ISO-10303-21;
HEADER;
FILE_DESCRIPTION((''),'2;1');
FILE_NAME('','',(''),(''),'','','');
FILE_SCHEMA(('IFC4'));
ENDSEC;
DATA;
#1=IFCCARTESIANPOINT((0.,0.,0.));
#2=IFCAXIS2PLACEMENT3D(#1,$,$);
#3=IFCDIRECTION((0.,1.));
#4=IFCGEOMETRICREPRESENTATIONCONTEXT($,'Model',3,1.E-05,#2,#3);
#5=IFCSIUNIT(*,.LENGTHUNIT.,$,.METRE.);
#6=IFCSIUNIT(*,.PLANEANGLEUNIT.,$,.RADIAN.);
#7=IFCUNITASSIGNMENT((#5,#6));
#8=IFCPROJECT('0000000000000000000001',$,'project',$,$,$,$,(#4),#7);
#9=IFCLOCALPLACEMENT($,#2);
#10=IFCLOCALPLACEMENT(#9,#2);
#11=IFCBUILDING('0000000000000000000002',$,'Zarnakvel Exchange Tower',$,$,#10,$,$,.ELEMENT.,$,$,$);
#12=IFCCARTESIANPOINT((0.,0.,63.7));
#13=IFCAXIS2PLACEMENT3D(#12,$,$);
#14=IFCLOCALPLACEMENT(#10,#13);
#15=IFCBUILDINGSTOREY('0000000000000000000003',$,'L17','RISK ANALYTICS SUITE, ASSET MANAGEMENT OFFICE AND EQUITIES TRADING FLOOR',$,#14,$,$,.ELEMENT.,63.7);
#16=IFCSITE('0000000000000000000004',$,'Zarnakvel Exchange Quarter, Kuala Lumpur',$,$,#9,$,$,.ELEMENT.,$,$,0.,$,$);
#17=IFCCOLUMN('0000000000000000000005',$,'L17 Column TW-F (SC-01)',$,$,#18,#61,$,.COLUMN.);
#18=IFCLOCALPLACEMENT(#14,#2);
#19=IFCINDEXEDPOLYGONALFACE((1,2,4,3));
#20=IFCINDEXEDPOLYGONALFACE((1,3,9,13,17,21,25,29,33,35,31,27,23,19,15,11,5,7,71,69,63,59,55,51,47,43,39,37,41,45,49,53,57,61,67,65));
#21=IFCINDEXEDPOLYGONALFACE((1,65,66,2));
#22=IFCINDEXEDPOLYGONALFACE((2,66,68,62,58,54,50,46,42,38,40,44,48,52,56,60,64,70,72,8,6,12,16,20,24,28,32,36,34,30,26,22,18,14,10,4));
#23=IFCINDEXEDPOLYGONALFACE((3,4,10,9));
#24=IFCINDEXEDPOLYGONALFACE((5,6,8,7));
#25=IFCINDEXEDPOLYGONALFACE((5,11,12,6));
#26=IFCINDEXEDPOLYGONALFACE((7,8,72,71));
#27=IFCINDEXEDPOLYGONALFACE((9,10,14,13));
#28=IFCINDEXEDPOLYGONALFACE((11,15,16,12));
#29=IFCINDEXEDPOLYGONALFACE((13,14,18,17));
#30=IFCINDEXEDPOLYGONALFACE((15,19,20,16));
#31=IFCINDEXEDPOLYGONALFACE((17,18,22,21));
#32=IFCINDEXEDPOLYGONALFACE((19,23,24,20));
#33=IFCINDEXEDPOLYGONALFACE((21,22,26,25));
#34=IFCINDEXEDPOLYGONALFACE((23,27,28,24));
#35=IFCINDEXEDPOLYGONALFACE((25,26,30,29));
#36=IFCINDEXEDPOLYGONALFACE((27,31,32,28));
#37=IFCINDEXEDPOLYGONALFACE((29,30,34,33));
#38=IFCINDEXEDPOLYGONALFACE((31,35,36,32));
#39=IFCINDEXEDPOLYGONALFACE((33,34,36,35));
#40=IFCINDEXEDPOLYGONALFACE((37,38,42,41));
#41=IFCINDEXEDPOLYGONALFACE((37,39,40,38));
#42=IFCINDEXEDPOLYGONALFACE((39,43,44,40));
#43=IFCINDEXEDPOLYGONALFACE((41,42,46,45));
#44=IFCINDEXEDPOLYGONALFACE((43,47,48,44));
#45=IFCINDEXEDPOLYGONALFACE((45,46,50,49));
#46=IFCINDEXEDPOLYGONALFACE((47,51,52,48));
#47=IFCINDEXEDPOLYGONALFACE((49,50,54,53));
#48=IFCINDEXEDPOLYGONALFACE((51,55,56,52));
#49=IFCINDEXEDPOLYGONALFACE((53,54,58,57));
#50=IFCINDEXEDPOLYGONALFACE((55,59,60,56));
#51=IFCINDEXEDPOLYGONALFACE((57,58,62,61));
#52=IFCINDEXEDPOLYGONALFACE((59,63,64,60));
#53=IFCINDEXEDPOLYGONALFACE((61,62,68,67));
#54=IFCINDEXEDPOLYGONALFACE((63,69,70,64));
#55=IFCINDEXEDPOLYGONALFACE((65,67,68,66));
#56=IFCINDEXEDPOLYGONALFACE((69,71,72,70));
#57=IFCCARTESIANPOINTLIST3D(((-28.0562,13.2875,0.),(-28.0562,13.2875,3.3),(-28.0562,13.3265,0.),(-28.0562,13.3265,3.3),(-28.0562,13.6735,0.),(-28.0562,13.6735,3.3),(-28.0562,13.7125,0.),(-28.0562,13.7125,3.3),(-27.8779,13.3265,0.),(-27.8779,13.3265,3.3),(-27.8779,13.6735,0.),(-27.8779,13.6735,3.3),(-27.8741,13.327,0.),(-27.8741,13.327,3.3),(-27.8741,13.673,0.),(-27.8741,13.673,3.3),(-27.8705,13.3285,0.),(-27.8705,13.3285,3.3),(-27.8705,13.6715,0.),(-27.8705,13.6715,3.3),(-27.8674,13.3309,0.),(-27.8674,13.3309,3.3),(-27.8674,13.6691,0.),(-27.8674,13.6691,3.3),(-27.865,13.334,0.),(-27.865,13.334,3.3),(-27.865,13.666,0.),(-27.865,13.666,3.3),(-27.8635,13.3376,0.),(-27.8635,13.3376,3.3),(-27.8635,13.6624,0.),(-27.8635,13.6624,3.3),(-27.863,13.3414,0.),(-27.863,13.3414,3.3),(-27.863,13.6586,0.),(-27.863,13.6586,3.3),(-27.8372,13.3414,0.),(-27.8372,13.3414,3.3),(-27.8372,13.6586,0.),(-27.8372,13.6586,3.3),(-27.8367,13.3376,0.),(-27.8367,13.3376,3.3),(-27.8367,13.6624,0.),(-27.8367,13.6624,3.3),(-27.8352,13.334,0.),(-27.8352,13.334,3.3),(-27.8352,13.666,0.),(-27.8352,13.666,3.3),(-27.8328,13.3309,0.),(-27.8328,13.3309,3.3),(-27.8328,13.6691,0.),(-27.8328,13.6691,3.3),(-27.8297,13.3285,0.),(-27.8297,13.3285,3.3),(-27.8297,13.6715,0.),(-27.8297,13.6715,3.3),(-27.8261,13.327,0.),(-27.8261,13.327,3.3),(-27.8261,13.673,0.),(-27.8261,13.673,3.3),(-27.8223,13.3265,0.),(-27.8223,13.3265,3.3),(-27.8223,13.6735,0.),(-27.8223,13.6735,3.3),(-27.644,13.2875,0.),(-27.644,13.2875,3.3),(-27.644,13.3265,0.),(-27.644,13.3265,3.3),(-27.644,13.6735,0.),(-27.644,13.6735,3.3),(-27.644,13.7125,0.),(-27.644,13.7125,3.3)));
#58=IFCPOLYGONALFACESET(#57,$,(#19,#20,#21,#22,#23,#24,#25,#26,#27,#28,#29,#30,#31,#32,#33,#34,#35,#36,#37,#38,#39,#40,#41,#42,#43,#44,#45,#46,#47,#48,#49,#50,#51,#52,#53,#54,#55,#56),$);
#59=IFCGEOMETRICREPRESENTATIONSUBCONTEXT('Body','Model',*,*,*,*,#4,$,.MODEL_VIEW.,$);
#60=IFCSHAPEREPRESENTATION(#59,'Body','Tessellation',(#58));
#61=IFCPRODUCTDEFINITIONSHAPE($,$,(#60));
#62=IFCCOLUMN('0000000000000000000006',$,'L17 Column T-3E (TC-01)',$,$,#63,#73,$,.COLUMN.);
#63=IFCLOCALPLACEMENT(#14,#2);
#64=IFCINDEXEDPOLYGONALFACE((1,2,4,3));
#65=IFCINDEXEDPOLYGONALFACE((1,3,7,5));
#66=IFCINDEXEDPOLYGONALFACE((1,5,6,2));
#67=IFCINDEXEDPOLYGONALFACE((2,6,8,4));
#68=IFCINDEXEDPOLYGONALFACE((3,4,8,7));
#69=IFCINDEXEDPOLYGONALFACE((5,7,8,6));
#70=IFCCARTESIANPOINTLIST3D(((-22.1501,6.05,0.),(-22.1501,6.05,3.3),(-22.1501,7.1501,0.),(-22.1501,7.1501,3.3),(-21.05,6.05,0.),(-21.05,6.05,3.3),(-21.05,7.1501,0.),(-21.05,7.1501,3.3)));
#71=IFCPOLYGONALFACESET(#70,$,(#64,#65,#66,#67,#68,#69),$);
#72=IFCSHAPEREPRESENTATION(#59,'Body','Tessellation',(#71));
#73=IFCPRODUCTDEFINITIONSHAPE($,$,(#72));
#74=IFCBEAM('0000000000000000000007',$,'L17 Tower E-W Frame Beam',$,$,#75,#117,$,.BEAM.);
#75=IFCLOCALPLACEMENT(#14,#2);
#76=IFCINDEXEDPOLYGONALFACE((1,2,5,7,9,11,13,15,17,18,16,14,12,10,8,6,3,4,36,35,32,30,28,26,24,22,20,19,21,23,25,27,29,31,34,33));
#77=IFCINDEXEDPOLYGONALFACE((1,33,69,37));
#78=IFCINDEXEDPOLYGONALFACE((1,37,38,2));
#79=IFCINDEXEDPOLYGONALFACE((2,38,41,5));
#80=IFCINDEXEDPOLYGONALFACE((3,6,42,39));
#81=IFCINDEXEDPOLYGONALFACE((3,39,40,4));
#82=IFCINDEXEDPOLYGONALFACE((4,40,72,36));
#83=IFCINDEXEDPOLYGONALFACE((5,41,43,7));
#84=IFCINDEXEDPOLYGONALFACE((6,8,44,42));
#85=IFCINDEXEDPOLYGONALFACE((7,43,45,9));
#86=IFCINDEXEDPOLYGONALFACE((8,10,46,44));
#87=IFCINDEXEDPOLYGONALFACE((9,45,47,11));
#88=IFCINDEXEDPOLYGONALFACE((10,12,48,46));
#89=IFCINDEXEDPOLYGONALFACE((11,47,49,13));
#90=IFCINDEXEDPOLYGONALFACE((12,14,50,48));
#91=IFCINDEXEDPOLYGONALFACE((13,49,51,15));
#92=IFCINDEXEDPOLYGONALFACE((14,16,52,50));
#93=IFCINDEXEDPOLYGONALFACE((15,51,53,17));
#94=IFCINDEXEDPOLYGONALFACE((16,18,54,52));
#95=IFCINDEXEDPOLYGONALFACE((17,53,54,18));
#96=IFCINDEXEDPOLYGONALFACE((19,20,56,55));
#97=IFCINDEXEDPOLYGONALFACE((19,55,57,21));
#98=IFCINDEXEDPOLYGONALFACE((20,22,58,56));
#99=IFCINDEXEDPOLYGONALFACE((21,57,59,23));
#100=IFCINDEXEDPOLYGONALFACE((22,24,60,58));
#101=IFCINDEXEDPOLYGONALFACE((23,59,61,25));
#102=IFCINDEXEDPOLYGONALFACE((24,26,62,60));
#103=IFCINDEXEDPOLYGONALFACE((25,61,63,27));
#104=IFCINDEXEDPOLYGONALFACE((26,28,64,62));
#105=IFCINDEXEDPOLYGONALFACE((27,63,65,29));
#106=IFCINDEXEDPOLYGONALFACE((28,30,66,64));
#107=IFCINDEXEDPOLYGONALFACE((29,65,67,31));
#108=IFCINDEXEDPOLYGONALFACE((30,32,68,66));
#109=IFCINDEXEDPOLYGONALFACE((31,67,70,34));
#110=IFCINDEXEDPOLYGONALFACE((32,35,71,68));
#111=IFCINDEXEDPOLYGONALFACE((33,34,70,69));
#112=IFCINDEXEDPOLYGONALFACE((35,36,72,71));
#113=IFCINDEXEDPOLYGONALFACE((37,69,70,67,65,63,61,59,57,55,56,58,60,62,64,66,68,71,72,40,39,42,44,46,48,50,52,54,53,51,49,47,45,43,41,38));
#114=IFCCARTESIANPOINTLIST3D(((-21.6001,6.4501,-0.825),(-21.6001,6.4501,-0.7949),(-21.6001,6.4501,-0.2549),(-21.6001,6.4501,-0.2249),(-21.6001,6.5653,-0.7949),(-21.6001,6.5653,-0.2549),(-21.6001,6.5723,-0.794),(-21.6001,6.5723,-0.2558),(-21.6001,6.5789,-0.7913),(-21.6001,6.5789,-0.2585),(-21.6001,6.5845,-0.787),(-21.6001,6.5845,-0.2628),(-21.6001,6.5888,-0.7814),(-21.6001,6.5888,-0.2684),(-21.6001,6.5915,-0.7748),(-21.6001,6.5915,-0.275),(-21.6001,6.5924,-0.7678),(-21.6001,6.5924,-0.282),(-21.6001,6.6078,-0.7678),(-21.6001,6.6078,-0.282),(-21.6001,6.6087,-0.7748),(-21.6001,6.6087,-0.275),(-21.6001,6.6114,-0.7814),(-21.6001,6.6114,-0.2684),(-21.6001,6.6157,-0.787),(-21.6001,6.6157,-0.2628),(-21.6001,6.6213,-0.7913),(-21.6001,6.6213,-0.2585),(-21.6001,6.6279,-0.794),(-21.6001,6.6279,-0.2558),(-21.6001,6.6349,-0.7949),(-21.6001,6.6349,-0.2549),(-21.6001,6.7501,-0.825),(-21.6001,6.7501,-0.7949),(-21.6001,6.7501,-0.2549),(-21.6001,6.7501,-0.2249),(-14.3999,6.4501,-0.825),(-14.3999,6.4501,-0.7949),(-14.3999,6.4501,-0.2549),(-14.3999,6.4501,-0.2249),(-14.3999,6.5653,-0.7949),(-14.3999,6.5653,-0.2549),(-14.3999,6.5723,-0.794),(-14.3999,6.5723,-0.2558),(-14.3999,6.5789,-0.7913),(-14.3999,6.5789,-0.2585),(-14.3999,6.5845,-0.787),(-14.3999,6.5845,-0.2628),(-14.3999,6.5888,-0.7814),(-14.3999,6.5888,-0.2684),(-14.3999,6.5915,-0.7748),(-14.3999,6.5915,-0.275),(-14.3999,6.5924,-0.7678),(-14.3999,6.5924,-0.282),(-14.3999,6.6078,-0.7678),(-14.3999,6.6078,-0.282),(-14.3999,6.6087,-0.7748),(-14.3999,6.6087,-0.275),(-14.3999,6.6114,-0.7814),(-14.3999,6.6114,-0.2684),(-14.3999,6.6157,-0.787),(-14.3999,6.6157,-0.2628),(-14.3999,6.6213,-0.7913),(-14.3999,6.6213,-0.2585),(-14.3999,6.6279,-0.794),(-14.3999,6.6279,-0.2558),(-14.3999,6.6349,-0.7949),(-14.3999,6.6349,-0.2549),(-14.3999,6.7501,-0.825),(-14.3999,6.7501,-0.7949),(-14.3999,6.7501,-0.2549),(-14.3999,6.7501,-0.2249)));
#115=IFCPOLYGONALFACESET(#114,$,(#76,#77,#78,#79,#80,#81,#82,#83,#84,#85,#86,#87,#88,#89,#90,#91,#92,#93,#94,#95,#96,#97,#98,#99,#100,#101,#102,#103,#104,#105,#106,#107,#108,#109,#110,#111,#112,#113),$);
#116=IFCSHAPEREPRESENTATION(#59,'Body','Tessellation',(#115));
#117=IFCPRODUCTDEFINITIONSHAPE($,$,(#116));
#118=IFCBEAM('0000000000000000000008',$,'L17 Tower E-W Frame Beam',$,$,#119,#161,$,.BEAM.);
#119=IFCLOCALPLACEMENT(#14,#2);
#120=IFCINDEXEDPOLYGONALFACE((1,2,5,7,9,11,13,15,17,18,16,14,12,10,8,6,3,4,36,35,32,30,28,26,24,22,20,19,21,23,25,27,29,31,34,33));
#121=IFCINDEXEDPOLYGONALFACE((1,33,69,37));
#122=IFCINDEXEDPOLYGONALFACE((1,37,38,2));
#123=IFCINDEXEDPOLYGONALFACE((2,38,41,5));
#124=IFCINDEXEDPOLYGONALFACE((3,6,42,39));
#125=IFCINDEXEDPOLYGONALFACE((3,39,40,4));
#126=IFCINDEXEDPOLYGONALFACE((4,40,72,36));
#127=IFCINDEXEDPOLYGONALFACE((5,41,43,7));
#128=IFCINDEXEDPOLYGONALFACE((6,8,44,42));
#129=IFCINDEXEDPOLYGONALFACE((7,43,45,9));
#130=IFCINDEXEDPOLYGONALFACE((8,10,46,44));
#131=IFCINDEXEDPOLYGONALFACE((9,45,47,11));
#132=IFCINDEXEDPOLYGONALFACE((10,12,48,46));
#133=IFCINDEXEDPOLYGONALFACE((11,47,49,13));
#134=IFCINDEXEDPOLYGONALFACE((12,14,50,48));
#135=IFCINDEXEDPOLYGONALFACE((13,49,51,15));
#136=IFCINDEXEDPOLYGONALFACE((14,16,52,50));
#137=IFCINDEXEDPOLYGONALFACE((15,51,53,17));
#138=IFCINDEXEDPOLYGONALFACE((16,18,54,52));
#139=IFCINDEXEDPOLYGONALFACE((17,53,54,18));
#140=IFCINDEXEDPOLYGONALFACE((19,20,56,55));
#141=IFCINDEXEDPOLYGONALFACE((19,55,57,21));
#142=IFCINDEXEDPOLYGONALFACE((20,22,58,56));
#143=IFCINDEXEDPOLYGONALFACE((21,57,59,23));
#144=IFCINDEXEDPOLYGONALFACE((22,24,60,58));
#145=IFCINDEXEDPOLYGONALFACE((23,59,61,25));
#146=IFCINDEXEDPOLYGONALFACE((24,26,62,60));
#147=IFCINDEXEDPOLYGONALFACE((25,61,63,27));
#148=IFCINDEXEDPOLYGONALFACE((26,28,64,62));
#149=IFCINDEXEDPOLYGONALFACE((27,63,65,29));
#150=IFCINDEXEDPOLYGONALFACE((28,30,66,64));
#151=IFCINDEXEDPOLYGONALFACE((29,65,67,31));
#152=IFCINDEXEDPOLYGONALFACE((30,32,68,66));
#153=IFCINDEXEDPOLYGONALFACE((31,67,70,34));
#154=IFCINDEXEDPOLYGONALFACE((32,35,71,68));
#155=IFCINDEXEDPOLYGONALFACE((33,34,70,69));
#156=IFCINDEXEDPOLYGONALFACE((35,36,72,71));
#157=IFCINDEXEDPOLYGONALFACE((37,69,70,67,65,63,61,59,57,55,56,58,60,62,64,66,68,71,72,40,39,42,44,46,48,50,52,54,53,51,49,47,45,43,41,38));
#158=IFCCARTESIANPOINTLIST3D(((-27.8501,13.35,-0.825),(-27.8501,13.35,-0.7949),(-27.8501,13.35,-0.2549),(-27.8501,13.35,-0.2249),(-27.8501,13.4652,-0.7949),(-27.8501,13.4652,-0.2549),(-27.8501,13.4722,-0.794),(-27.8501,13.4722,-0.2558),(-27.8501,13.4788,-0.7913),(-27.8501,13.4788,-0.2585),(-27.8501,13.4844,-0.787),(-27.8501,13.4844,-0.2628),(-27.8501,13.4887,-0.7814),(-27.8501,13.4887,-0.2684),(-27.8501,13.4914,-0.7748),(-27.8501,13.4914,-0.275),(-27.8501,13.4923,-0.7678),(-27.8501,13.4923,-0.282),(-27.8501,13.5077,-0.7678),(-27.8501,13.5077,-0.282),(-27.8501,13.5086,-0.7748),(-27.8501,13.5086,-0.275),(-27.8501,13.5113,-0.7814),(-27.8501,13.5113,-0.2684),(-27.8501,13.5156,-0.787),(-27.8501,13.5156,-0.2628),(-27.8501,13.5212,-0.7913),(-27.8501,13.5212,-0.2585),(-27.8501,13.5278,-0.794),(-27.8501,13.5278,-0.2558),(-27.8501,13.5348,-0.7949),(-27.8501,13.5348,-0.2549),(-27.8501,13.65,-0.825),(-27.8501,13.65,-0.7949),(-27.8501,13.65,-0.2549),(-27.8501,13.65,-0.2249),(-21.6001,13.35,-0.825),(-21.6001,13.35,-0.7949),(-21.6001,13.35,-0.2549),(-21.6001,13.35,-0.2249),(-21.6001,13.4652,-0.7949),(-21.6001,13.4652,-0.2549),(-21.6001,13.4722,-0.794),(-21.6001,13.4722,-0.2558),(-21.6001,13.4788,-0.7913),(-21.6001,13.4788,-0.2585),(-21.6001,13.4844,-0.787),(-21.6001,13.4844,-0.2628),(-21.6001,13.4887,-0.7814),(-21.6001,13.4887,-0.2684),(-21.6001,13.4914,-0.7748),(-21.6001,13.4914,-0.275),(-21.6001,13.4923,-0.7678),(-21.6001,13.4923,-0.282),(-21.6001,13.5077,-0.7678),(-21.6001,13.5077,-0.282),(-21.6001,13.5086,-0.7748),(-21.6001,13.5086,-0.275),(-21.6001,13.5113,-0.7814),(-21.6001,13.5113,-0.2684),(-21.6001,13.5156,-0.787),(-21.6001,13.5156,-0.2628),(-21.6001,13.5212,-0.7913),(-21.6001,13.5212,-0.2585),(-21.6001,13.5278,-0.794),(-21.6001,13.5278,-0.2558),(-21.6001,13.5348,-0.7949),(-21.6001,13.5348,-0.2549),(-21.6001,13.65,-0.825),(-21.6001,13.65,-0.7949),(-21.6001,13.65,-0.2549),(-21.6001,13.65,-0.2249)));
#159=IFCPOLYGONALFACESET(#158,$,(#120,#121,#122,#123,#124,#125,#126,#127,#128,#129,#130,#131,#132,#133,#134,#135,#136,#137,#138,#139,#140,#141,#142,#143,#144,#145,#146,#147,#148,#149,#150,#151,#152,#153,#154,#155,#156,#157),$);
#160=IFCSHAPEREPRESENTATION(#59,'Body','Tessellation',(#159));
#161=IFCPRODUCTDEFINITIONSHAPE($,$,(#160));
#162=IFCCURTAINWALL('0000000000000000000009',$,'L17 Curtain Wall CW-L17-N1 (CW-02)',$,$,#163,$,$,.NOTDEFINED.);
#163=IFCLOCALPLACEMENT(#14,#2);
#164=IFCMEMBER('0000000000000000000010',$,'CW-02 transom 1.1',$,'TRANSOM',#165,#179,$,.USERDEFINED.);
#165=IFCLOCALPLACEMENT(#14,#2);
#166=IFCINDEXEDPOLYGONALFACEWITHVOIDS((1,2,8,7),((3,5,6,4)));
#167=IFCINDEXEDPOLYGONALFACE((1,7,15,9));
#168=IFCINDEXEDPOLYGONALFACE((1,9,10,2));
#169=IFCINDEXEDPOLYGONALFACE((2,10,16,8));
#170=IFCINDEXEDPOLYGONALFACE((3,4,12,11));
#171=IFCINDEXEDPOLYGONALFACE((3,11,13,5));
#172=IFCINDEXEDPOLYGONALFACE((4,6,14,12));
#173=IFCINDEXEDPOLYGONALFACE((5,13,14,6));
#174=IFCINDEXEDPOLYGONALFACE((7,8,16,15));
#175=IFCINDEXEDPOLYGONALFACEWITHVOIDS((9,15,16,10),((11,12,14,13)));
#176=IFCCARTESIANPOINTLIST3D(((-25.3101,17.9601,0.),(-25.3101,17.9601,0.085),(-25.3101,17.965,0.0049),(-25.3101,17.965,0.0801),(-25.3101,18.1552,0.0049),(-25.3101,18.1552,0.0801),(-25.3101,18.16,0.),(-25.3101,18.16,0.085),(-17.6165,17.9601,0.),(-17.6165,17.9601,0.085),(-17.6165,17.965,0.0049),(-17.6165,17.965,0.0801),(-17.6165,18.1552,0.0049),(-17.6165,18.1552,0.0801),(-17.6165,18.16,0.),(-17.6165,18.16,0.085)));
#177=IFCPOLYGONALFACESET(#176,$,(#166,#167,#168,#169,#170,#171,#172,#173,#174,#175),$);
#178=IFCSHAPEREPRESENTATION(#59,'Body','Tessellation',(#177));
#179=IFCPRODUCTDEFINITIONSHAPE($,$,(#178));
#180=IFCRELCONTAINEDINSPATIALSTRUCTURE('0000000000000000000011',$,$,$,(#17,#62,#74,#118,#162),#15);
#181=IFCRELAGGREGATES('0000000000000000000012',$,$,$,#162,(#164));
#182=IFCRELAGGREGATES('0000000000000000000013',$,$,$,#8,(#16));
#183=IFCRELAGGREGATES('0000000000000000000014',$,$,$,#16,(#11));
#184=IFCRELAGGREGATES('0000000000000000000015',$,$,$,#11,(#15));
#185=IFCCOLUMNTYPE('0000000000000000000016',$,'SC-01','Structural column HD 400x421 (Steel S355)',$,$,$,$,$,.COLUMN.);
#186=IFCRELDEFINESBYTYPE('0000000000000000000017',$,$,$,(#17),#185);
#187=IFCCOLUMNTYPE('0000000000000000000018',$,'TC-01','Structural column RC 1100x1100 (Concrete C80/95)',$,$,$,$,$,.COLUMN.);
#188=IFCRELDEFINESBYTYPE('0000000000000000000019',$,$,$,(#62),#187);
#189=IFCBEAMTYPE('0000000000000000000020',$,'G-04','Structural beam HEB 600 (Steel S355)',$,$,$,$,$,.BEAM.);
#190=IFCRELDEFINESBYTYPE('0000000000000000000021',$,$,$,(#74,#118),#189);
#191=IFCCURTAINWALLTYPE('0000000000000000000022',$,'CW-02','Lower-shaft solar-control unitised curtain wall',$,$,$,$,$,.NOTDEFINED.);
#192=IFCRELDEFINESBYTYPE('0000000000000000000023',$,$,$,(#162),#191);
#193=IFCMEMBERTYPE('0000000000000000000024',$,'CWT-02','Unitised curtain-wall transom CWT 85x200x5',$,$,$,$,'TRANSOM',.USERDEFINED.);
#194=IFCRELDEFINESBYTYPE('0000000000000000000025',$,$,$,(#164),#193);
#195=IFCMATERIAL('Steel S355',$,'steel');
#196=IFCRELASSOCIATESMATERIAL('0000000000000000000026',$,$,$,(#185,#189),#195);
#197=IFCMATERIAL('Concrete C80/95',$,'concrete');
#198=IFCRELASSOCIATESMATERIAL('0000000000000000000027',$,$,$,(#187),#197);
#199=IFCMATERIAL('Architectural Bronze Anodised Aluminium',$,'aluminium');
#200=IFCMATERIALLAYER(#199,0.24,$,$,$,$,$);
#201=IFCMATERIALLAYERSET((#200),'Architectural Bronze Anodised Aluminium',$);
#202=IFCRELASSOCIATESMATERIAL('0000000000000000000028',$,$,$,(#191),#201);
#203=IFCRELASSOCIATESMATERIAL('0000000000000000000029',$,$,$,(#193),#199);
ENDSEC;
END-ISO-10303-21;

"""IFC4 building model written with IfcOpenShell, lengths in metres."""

from ifc_helpers import new_model, si_unit, direction, frame, origin, origin_2d, place, context, subcontext, project, spatial, rectangle, hollow_rectangle, i_section, extrude, source, transform, mapped, material, layer, layer_set, material_profile, profile_set, type_object, element, aggregate, save


model = new_model("IFC4")

# Units and contexts
model_context = context("Model", 3, precision=1e-05, world=origin(), true_north=direction((0.0, 1.0)))
body_context = subcontext(model_context, "Body", "Model", "MODEL_VIEW")
ifc_project = project(units=[si_unit("LENGTHUNIT", "METRE"), si_unit("PLANEANGLEUNIT", "RADIAN")], contexts=[model_context])

# Site, building, storey
site_placement = place(None, origin())
site = spatial("IfcSite", under=ifc_project, at=site_placement, Name="Zarnakvel Exchange Quarter, Kuala Lumpur", CompositionType="ELEMENT", RefElevation=0.0)
building_placement = place(site_placement, origin())
building = spatial("IfcBuilding", under=site, at=building_placement, Name="Zarnakvel Exchange Tower", CompositionType="ELEMENT")
storey_placement = place(building_placement, frame((0.0, 0.0, 63.7)))
storey = spatial("IfcBuildingStorey", under=building, at=storey_placement, Name="L17", Description="RISK ANALYTICS SUITE, ASSET MANAGEMENT OFFICE AND EQUITIES TRADING FLOOR", CompositionType="ELEMENT", Elevation=63.7)

# Columns
ifc_material_1 = material(Name="Steel S355", Category="steel")
ifc_material_profile_1 = material_profile(ifc_material_1, i_section(OverallWidth=0.4121, OverallDepth=0.425, WebThickness=0.0259, FlangeThickness=0.0391, FilletRadius=0.0149, at=origin_2d()))
ifc_profile_set_1 = profile_set([ifc_material_profile_1], Name="Steel S355")
column_type_1 = type_object("IfcColumnType", Name="SC-01", Description="Structural column HD 400x421 (Steel S355)", PredefinedType="COLUMN", material=ifc_profile_set_1)
column_1_placement = place(storey_placement, frame((-27.8501, 13.5, 0.0), z_axis=(0.0, 0.0, 1.0), x_axis=(1.0, 0.0, 0.0)))
element("IfcColumn", 1, at=column_1_placement, inside=storey, type_object=column_type_1, Name="L17 Column TW-F (SC-01)", PredefinedType="COLUMN", context=body_context, shape_type="SweptSolid", body=[
    extrude(i_section(OverallWidth=0.4121, OverallDepth=0.425, WebThickness=0.0259, FlangeThickness=0.0391, FilletRadius=0.0149, at=origin_2d()), origin(), (0.0, 0.0, 1.0), 3.3),
])
ifc_material_2 = material(Name="Concrete C80/95", Category="concrete")
ifc_material_profile_2 = material_profile(ifc_material_2, rectangle(XDim=1.1001, YDim=1.1001, at=origin_2d()))
ifc_profile_set_2 = profile_set([ifc_material_profile_2], Name="Concrete C80/95")
column_type_2 = type_object("IfcColumnType", Name="TC-01", Description="Structural column RC 1100x1100 (Concrete C80/95)", PredefinedType="COLUMN", material=ifc_profile_set_2)
column_2_placement = place(storey_placement, frame((-21.6001, 6.6001, 0.0), z_axis=(0.0, 0.0, 1.0), x_axis=(1.0, 0.0, 0.0)))
element("IfcColumn", 2, at=column_2_placement, inside=storey, type_object=column_type_2, Name="L17 Column T-3E (TC-01)", PredefinedType="COLUMN", context=body_context, shape_type="SweptSolid", body=[
    extrude(rectangle(XDim=1.1001, YDim=1.1001, at=origin_2d()), origin(), (0.0, 0.0, 1.0), 3.3),
])

# Beams
ifc_material_profile_3 = material_profile(ifc_material_1, i_section(OverallWidth=0.3, OverallDepth=0.6001, WebThickness=0.0154, FlangeThickness=0.03, FilletRadius=0.0271, at=origin_2d()))
ifc_profile_set_3 = profile_set([ifc_material_profile_3], Name="Steel S355")
beam_type = type_object("IfcBeamType", Name="G-04", Description="Structural beam HEB 600 (Steel S355)", PredefinedType="BEAM", material=ifc_profile_set_3)
beam_1_placement = place(storey_placement, frame((-21.6001, 6.6001, -0.5249), z_axis=(1.0, 0.0, 0.0), x_axis=(0.0, 1.0, 0.0)))
element("IfcBeam", 3, at=beam_1_placement, inside=storey, type_object=beam_type, Name="L17 Tower E-W Frame Beam", PredefinedType="BEAM", context=body_context, shape_type="SweptSolid", body=[
    extrude(i_section(OverallWidth=0.3, OverallDepth=0.6001, WebThickness=0.0154, FlangeThickness=0.03, FilletRadius=0.0271, at=origin_2d()), origin(), (0.0, 0.0, 1.0), 7.2002),
])
beam_2_placement = place(storey_placement, frame((-27.8501, 13.5, -0.5249), z_axis=(1.0, 0.0, 0.0), x_axis=(0.0, 1.0, 0.0)))
element("IfcBeam", 4, at=beam_2_placement, inside=storey, type_object=beam_type, Name="L17 Tower E-W Frame Beam", PredefinedType="BEAM", context=body_context, shape_type="SweptSolid", body=[
    extrude(i_section(OverallWidth=0.3, OverallDepth=0.6001, WebThickness=0.0154, FlangeThickness=0.03, FilletRadius=0.0271, at=origin_2d()), origin(), (0.0, 0.0, 1.0), 6.25),
])

# Curtain wall, member
ifc_material_3 = material(Name="Architectural Bronze Anodised Aluminium", Category="aluminium")
ifc_layer_1 = layer(ifc_material_3, 0.24)
ifc_layer_set_1 = layer_set([ifc_layer_1], Name="Architectural Bronze Anodised Aluminium")
curtain_wall_type_1 = type_object("IfcCurtainWallType", Name="CW-02", Description="Lower-shaft solar-control unitised curtain wall", PredefinedType="NOTDEFINED", material=ifc_layer_set_1)
curtain_wall_1_placement = place(storey_placement, origin())
curtain_wall_1 = element("IfcCurtainWall", 5, at=curtain_wall_1_placement, inside=storey, type_object=curtain_wall_type_1, Name="L17 Curtain Wall CW-L17-N1 (CW-02)", PredefinedType="NOTDEFINED")
ifc_material_profile_4 = material_profile(ifc_material_3, hollow_rectangle(XDim=0.2, YDim=0.085, WallThickness=0.0049, at=origin_2d()))
ifc_profile_set_4 = profile_set([ifc_material_profile_4], Name="Architectural Bronze Anodised Aluminium")
member_type_1 = type_object("IfcMemberType", Name="CWT-02", Description="Unitised curtain-wall transom CWT 85x200x5", ElementType="TRANSOM", PredefinedType="USERDEFINED", material=ifc_profile_set_4)
shared_shape_1 = source(origin(), body_context, "Body", "SweptSolid", [
    extrude(hollow_rectangle(XDim=0.2, YDim=0.085, WallThickness=0.0049, at=origin_2d()), origin(), (0.0, 0.0, 1.0), 7.6936),
])
member_1_placement = place(storey_placement, frame((-25.3101, 18.0601, 0.0425), z_axis=(1.0, 0.0, 0.0), x_axis=(0.0, 1.0, 0.0)))
member_1 = element("IfcMember", 6, at=member_1_placement, type_object=member_type_1, Name="CW-02 transom 1.1", ObjectType="TRANSOM", PredefinedType="USERDEFINED", context=body_context, shape_type="MappedRepresentation", body=[
    mapped(shared_shape_1, transform((0.0, 0.0, 0.0), x_axis=(1.0, 0.0, 0.0), y_axis=(0.0, 1.0, 0.0), z_axis=(0.0, 0.0, 1.0), scale=1.0)),
])

aggregate(curtain_wall_1, [member_1])

save(model, "model.ifc")
